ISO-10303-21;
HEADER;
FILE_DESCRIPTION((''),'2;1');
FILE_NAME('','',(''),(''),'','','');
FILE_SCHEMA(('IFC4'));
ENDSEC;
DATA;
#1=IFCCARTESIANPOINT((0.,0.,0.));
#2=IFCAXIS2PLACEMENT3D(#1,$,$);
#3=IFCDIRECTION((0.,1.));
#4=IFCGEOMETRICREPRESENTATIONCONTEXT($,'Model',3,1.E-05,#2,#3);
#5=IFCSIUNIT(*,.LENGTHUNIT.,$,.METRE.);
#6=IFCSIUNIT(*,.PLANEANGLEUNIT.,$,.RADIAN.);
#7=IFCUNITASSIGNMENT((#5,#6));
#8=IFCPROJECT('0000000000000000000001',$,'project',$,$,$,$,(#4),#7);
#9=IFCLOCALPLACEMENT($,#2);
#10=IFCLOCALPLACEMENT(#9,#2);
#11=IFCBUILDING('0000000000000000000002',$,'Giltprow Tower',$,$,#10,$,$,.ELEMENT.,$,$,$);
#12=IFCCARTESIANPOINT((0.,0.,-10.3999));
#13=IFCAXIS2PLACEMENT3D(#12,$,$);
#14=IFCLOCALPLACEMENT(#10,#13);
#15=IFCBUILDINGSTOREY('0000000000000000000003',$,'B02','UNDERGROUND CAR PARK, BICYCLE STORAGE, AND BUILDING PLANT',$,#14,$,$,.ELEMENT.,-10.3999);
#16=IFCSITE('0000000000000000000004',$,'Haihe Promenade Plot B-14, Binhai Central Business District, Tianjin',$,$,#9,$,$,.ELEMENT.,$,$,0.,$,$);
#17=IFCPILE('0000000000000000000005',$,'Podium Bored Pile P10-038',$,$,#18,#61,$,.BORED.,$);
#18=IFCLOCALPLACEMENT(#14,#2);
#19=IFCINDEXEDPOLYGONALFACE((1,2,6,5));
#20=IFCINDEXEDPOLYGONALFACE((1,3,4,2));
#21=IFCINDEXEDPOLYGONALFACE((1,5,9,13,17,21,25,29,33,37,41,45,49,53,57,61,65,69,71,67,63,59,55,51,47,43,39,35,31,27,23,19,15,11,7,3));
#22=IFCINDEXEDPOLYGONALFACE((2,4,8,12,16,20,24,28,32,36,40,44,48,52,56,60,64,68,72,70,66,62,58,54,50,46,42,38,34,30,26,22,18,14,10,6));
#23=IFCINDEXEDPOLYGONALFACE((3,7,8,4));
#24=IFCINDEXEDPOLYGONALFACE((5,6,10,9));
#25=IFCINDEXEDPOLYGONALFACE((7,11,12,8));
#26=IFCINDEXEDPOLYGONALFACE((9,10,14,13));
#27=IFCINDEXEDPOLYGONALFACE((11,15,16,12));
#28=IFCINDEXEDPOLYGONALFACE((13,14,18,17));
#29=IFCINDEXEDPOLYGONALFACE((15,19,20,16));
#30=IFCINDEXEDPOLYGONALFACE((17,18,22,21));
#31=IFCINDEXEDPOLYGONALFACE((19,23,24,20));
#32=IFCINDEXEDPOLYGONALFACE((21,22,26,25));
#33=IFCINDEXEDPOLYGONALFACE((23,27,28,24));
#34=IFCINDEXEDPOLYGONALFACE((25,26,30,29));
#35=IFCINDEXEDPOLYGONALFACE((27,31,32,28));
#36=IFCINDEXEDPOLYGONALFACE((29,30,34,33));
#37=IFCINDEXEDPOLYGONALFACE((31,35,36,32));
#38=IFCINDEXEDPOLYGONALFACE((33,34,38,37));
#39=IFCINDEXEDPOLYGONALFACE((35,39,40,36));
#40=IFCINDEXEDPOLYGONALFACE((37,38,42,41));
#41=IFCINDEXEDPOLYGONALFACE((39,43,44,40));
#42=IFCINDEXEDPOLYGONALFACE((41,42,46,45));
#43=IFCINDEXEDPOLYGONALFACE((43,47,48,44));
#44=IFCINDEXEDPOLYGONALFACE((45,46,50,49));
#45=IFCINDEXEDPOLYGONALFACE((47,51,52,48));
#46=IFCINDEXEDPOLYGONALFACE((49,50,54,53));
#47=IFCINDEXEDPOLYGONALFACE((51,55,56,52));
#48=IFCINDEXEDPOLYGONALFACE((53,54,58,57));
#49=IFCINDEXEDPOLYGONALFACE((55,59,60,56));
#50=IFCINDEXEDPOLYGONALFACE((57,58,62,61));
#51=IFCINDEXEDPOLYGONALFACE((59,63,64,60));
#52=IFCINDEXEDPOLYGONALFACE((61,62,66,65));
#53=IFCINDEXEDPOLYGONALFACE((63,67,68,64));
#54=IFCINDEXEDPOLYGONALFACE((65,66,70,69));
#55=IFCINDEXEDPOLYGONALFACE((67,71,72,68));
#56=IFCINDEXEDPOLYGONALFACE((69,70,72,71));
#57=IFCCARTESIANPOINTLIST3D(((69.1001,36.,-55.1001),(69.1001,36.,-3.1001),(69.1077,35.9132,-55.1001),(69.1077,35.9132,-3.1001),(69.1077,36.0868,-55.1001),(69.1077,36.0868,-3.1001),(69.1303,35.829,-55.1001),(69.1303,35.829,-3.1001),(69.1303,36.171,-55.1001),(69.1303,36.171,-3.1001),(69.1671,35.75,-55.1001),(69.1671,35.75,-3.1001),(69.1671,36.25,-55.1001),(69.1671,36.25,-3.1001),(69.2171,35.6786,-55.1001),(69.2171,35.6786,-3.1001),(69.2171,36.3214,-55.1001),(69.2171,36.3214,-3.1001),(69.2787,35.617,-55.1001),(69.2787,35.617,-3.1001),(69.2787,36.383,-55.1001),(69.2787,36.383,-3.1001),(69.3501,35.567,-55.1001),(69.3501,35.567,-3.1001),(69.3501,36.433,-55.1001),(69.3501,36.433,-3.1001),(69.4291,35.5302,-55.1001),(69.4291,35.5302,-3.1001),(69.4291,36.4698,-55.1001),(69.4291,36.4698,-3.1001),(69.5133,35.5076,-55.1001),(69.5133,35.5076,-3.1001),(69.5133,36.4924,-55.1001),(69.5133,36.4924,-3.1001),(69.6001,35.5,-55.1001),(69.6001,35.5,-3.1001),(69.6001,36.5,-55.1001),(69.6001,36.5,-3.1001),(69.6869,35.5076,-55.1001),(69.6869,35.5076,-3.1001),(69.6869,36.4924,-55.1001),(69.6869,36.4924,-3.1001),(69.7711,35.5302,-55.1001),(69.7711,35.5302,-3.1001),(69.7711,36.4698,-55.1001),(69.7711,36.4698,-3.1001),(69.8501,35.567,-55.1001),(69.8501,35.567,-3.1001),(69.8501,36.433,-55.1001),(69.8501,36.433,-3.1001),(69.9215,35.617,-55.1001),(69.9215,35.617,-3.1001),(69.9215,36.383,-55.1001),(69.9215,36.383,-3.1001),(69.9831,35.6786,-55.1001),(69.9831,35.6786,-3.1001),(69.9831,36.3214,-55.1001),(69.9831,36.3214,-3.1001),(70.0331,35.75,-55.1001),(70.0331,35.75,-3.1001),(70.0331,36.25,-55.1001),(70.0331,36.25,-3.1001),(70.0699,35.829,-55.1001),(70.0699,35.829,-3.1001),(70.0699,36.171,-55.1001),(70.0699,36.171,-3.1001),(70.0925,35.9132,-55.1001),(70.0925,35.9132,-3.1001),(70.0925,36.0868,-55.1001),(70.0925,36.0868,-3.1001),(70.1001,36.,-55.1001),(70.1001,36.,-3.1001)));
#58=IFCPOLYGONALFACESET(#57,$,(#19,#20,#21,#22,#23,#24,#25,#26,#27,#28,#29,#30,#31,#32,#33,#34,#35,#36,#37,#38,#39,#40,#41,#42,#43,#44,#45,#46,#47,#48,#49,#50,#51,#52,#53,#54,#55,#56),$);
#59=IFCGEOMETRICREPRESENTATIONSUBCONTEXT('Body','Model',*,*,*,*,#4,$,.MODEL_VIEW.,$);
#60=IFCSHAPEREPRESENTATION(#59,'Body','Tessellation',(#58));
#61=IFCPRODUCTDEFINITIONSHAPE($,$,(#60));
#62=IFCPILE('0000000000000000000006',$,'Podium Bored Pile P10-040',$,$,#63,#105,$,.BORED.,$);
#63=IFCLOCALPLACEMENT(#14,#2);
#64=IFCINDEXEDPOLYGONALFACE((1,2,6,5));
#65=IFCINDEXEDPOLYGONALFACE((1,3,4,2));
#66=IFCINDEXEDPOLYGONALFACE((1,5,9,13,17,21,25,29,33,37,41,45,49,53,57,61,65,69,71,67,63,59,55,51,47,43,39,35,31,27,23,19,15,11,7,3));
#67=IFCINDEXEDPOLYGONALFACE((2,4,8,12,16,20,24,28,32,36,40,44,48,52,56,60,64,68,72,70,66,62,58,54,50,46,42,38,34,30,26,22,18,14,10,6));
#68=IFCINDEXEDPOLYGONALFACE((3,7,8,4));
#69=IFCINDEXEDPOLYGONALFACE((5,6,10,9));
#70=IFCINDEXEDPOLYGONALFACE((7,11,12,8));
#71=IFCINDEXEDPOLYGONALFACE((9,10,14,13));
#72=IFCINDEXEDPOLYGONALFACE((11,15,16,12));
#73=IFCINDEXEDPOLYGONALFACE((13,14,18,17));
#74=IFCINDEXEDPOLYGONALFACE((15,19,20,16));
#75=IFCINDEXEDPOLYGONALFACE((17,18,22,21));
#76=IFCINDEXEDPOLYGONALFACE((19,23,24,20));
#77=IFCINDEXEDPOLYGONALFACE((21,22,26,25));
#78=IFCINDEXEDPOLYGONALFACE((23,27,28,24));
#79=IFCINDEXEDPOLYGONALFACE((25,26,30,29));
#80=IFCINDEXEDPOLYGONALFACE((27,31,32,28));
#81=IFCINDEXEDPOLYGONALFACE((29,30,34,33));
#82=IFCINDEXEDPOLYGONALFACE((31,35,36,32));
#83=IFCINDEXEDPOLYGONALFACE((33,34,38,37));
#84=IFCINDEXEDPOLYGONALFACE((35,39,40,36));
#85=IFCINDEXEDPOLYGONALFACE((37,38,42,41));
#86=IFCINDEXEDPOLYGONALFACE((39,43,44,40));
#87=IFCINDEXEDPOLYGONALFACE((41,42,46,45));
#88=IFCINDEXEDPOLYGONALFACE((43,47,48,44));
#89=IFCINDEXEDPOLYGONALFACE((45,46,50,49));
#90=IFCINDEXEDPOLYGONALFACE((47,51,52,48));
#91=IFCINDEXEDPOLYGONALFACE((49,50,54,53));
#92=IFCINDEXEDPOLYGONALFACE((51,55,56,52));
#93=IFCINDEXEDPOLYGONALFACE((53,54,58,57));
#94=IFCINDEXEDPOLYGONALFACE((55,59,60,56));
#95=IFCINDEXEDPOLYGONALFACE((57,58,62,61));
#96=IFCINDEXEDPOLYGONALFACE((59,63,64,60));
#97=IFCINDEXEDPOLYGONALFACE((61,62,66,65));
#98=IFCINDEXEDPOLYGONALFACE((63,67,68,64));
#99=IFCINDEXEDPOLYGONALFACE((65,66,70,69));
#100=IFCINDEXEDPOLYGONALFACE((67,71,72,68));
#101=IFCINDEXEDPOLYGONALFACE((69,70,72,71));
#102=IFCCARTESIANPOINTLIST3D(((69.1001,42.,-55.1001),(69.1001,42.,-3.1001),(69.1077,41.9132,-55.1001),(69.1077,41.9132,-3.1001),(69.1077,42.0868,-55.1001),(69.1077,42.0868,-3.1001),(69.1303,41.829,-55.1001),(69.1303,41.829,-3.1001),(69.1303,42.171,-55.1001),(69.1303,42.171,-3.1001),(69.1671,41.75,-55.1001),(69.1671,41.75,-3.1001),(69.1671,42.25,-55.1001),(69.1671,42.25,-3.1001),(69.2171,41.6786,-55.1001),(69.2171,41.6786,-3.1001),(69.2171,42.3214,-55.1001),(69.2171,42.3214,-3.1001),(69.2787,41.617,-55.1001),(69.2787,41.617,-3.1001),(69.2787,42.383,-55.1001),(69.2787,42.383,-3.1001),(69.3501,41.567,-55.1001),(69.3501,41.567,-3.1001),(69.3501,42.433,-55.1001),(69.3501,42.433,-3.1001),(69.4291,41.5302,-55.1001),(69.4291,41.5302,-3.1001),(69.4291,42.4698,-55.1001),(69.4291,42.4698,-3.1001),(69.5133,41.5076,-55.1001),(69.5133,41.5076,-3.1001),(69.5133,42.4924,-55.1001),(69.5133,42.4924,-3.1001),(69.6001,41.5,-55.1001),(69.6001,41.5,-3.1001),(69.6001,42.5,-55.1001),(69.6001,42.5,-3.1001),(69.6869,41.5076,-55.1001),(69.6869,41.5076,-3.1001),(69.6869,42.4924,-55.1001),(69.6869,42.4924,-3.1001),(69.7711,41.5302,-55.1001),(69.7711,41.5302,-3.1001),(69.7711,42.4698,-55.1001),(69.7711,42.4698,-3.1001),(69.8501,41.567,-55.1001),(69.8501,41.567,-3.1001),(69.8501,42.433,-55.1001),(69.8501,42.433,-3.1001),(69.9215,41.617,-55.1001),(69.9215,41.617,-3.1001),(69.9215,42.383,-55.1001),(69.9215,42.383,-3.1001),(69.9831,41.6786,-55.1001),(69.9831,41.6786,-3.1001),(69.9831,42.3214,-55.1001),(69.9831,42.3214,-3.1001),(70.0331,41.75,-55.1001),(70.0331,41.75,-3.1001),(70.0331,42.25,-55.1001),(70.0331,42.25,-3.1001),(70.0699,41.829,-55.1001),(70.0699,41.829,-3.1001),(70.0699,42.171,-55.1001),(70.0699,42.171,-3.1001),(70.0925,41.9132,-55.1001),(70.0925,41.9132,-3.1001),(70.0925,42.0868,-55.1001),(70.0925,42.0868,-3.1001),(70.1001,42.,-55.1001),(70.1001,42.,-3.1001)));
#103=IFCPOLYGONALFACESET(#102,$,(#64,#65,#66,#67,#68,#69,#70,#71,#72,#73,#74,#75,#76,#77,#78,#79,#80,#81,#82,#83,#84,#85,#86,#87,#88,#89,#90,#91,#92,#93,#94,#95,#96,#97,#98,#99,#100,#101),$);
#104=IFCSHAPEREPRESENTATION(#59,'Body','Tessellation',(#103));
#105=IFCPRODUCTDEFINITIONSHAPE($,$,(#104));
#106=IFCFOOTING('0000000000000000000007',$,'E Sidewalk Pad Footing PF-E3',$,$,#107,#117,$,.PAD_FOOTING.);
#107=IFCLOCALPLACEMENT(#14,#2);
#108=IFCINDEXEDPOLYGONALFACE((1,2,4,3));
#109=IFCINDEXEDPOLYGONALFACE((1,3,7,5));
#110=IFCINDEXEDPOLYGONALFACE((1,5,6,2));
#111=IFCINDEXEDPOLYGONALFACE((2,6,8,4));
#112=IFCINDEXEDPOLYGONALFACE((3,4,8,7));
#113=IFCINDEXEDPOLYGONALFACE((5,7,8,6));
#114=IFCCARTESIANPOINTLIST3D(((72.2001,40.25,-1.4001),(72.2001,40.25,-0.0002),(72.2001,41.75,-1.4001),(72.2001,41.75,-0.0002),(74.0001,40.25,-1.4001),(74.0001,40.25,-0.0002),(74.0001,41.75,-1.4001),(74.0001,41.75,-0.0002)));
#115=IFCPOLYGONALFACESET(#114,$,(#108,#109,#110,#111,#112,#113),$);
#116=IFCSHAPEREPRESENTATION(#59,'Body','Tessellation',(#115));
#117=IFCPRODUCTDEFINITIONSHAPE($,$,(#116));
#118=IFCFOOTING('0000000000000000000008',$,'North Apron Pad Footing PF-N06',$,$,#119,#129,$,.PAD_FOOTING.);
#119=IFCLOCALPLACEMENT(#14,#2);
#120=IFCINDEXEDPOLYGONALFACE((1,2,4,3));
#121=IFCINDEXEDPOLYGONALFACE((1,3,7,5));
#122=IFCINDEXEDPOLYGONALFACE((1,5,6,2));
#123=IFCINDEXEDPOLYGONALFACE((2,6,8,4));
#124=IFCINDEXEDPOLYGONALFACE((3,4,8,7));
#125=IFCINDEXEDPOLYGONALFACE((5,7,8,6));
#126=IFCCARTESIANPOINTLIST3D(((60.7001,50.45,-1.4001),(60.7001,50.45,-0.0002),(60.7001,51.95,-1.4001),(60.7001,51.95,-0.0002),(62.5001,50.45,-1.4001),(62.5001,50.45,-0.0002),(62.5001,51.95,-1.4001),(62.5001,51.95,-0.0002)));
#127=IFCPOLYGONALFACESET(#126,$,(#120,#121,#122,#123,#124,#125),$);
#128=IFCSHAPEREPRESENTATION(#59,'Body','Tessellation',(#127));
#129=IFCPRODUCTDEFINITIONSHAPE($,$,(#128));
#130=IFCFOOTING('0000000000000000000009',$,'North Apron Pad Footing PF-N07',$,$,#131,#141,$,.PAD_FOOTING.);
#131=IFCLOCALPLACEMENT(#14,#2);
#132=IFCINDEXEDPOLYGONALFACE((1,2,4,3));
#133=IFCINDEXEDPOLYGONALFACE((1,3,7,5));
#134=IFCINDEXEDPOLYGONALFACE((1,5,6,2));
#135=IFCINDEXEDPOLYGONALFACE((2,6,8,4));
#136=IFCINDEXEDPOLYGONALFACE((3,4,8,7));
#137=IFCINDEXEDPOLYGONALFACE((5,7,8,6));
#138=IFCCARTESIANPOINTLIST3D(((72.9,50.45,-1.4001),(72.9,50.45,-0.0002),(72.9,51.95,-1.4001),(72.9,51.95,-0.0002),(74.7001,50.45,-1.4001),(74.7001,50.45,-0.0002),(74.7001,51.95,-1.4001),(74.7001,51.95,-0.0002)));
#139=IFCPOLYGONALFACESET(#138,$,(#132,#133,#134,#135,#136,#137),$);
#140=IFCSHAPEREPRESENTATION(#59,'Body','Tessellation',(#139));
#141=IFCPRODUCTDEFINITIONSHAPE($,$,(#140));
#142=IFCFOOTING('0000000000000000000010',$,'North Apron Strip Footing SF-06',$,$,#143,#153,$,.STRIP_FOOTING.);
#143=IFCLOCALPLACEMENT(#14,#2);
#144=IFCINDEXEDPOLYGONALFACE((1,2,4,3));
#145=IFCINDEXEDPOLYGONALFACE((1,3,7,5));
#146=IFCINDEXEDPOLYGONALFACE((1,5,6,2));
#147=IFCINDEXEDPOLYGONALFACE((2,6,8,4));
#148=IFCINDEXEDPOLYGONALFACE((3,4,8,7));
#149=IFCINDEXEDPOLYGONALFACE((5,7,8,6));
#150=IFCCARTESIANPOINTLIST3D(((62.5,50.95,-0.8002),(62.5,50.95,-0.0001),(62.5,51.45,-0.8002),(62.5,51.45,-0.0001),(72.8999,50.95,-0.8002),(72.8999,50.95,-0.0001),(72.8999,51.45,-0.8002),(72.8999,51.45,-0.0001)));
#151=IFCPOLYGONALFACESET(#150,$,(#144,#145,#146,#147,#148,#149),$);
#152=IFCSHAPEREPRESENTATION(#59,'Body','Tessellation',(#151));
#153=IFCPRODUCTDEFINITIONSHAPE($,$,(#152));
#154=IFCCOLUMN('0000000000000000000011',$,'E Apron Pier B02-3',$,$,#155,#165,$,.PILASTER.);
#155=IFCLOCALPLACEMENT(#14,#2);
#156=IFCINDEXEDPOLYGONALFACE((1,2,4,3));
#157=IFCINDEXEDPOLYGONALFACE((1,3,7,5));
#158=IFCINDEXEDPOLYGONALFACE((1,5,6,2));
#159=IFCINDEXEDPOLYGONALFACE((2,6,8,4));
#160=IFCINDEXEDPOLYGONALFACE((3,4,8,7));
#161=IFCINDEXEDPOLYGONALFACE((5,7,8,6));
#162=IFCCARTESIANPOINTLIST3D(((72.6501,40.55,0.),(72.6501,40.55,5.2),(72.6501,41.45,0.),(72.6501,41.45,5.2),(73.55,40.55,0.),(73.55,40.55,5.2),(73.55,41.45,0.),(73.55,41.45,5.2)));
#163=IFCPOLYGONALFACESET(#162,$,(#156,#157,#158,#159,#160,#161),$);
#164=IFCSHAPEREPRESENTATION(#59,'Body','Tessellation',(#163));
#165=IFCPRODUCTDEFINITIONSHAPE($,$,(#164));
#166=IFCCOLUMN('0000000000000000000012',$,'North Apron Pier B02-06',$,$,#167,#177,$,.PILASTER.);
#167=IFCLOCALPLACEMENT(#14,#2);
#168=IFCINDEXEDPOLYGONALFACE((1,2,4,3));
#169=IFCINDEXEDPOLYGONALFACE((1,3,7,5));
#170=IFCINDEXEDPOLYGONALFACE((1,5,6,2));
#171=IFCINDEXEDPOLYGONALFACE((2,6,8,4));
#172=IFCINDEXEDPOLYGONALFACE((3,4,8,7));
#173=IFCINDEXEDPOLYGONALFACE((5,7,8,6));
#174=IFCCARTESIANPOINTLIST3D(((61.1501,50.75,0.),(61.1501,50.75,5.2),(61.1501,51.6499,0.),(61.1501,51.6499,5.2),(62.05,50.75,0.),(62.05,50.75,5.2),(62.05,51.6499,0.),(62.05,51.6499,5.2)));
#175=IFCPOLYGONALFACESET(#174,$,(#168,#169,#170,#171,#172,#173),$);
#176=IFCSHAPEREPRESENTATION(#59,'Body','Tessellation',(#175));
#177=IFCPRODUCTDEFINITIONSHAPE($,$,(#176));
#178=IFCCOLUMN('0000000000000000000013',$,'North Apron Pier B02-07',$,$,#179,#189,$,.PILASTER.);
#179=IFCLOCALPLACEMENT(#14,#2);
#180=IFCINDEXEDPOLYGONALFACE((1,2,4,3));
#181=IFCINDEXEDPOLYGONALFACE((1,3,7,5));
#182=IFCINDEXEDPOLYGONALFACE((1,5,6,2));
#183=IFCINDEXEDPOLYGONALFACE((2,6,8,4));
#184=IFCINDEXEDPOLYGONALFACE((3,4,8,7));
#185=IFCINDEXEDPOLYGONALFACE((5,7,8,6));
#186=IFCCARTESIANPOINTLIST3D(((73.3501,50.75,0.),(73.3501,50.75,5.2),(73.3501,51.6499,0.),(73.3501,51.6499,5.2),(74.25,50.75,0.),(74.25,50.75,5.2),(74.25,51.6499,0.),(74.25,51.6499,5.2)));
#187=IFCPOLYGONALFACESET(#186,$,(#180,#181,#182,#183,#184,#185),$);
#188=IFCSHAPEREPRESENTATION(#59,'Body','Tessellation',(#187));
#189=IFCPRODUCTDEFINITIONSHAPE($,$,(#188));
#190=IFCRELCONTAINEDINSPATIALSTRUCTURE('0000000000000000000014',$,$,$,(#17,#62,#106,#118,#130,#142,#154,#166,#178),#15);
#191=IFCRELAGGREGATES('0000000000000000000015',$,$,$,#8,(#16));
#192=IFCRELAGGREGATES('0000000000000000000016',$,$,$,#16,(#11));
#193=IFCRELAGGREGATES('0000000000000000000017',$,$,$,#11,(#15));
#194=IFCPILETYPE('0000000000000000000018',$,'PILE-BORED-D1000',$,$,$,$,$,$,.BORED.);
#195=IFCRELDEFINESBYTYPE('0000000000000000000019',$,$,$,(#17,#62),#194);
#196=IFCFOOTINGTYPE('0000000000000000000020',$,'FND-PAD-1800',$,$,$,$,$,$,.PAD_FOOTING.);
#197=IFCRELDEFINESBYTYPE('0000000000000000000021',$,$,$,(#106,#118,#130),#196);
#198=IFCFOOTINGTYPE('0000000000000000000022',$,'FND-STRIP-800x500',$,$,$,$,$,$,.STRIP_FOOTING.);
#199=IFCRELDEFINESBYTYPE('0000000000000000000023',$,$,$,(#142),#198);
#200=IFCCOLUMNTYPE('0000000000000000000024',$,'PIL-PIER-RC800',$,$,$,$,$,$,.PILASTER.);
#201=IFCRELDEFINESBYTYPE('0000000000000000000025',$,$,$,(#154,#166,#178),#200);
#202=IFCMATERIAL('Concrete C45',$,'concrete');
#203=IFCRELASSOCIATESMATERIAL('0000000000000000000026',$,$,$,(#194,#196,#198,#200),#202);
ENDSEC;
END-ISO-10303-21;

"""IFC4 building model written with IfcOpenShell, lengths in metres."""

from ifc_helpers import new_model, si_unit, direction, frame, origin, origin_2d, place, context, subcontext, project, spatial, rectangle, circle, extrude, source, transform, mapped, material, material_profile, profile_set, type_object, element, save


model = new_model("IFC4")

# Units and contexts
model_context = context("Model", 3, precision=1e-05, world=origin(), true_north=direction((0.0, 1.0)))
body_context = subcontext(model_context, "Body", "Model", "MODEL_VIEW")
ifc_project = project(units=[si_unit("LENGTHUNIT", "METRE"), si_unit("PLANEANGLEUNIT", "RADIAN")], contexts=[model_context])

# Site, building, storey
site_placement = place(None, origin())
site = spatial("IfcSite", under=ifc_project, at=site_placement, Name="Haihe Promenade Plot B-14, Binhai Central Business District, Tianjin", CompositionType="ELEMENT", RefElevation=0.0)
building_placement = place(site_placement, origin())
building = spatial("IfcBuilding", under=site, at=building_placement, Name="Giltprow Tower", CompositionType="ELEMENT")
storey_placement = place(building_placement, frame((0.0, 0.0, -10.3999)))
storey = spatial("IfcBuildingStorey", under=building, at=storey_placement, Name="B02", Description="UNDERGROUND CAR PARK, BICYCLE STORAGE, AND BUILDING PLANT", CompositionType="ELEMENT", Elevation=-10.3999)

# Piles
ifc_material_1 = material(Name="Concrete C45", Category="concrete")
ifc_material_profile_1 = material_profile(ifc_material_1, circle(Radius=0.5, at=origin_2d()), Name="PILE D1000")
ifc_profile_set_1 = profile_set([ifc_material_profile_1], Name="Concrete C45")
pile_type_1 = type_object("IfcPileType", Name="PILE-BORED-D1000", PredefinedType="BORED", material=ifc_profile_set_1)
shared_shape_1 = source(origin(), body_context, "Body", "SweptSolid", [
    extrude(circle(Radius=0.5, at=origin_2d()), origin(), (0.0, 0.0, 1.0), 52.0),
])
for number, where, z_axis, x_axis, name in (
    (1, (69.6001, 36.0, -3.1001), (0.0, 0.0, -1.0), (1.0, 0.0, 0.0), "Podium Bored Pile P10-038"),
    (2, (69.6001, 42.0, -3.1001), (0.0, 0.0, -1.0), (1.0, 0.0, 0.0), "Podium Bored Pile P10-040"),
):
    element("IfcPile", number, at=place(storey_placement, frame(where, z_axis=z_axis, x_axis=x_axis)), inside=storey, type_object=pile_type_1, Name=name, PredefinedType="BORED", context=body_context, shape_type="MappedRepresentation", body=[
        mapped(shared_shape_1, transform((0.0, 0.0, 0.0), x_axis=(1.0, 0.0, 0.0), y_axis=(0.0, 1.0, 0.0), z_axis=(0.0, 0.0, 1.0), scale=1.0)),
    ])

# Footings
footing_type_1 = type_object("IfcFootingType", Name="FND-PAD-1800", PredefinedType="PAD_FOOTING", material=ifc_material_1)
shared_shape_2 = source(origin(), body_context, "Body", "SweptSolid", [
    extrude(rectangle(XDim=1.8, YDim=1.5, at=origin_2d()), origin(), (0.0, 0.0, 1.0), 1.3999),
])
for number, where, z_axis, x_axis, name in (
    (3, (73.1001, 41.0, -1.4001), (0.0, 0.0, 1.0), (1.0, 0.0, 0.0), "E Sidewalk Pad Footing PF-E3"),
    (4, (61.6001, 51.2, -1.4001), (0.0, 0.0, 1.0), (1.0, 0.0, 0.0), "North Apron Pad Footing PF-N06"),
    (5, (73.8, 51.2, -1.4001), (0.0, 0.0, 1.0), (1.0, 0.0, 0.0), "North Apron Pad Footing PF-N07"),
):
    element("IfcFooting", number, at=place(storey_placement, frame(where, z_axis=z_axis, x_axis=x_axis)), inside=storey, type_object=footing_type_1, Name=name, PredefinedType="PAD_FOOTING", context=body_context, shape_type="MappedRepresentation", body=[
        mapped(shared_shape_2, transform((0.0, 0.0, 0.0), x_axis=(1.0, 0.0, 0.0), y_axis=(0.0, 1.0, 0.0), z_axis=(0.0, 0.0, 1.0), scale=1.0)),
    ])
ifc_material_profile_2 = material_profile(ifc_material_1, rectangle(XDim=0.5, YDim=0.8, at=origin_2d()), Name="RC 800x500")
ifc_profile_set_2 = profile_set([ifc_material_profile_2], Name="Concrete C45")
footing_type_2 = type_object("IfcFootingType", Name="FND-STRIP-800x500", PredefinedType="STRIP_FOOTING", material=ifc_profile_set_2)
shared_shape_3 = source(origin(), body_context, "Body", "SweptSolid", [
    extrude(rectangle(XDim=0.5, YDim=0.8, at=origin_2d()), origin(), (0.0, 0.0, 1.0), 10.3999),
])
footing_placement = place(storey_placement, frame((62.5, 51.2, -0.4001), z_axis=(1.0, 0.0, 0.0), x_axis=(0.0, 1.0, 0.0)))
element("IfcFooting", 6, at=footing_placement, inside=storey, type_object=footing_type_2, Name="North Apron Strip Footing SF-06", PredefinedType="STRIP_FOOTING", context=body_context, shape_type="MappedRepresentation", body=[
    mapped(shared_shape_3, transform((0.0, 0.0, 0.0), x_axis=(1.0, 0.0, 0.0), y_axis=(0.0, 1.0, 0.0), z_axis=(0.0, 0.0, 1.0), scale=1.0)),
])

# Columns
ifc_material_profile_3 = material_profile(ifc_material_1, rectangle(XDim=0.8999, YDim=0.8999, at=origin_2d()), Name="RC 900x900")
ifc_profile_set_3 = profile_set([ifc_material_profile_3], Name="Concrete C45")
column_type_1 = type_object("IfcColumnType", Name="PIL-PIER-RC800", PredefinedType="PILASTER", material=ifc_profile_set_3)
shared_shape_4 = source(origin(), body_context, "Body", "SweptSolid", [
    extrude(rectangle(XDim=0.8999, YDim=0.8999, at=origin_2d()), origin(), (0.0, 0.0, 1.0), 5.2),
])
for number, where, z_axis, x_axis, name in (
    (7, (73.1001, 41.0, 0.0), (0.0, 0.0, 1.0), (1.0, 0.0, 0.0), "E Apron Pier B02-3"),
    (8, (61.6001, 51.2, 0.0), (0.0, 0.0, 1.0), (1.0, 0.0, 0.0), "North Apron Pier B02-06"),
    (9, (73.8, 51.2, 0.0), (0.0, 0.0, 1.0), (1.0, 0.0, 0.0), "North Apron Pier B02-07"),
):
    element("IfcColumn", number, at=place(storey_placement, frame(where, z_axis=z_axis, x_axis=x_axis)), inside=storey, type_object=column_type_1, Name=name, PredefinedType="PILASTER", context=body_context, shape_type="MappedRepresentation", body=[
        mapped(shared_shape_4, transform((0.0, 0.0, 0.0), x_axis=(1.0, 0.0, 0.0), y_axis=(0.0, 1.0, 0.0), z_axis=(0.0, 0.0, 1.0), scale=1.0)),
    ])

save(model, "model.ifc")
